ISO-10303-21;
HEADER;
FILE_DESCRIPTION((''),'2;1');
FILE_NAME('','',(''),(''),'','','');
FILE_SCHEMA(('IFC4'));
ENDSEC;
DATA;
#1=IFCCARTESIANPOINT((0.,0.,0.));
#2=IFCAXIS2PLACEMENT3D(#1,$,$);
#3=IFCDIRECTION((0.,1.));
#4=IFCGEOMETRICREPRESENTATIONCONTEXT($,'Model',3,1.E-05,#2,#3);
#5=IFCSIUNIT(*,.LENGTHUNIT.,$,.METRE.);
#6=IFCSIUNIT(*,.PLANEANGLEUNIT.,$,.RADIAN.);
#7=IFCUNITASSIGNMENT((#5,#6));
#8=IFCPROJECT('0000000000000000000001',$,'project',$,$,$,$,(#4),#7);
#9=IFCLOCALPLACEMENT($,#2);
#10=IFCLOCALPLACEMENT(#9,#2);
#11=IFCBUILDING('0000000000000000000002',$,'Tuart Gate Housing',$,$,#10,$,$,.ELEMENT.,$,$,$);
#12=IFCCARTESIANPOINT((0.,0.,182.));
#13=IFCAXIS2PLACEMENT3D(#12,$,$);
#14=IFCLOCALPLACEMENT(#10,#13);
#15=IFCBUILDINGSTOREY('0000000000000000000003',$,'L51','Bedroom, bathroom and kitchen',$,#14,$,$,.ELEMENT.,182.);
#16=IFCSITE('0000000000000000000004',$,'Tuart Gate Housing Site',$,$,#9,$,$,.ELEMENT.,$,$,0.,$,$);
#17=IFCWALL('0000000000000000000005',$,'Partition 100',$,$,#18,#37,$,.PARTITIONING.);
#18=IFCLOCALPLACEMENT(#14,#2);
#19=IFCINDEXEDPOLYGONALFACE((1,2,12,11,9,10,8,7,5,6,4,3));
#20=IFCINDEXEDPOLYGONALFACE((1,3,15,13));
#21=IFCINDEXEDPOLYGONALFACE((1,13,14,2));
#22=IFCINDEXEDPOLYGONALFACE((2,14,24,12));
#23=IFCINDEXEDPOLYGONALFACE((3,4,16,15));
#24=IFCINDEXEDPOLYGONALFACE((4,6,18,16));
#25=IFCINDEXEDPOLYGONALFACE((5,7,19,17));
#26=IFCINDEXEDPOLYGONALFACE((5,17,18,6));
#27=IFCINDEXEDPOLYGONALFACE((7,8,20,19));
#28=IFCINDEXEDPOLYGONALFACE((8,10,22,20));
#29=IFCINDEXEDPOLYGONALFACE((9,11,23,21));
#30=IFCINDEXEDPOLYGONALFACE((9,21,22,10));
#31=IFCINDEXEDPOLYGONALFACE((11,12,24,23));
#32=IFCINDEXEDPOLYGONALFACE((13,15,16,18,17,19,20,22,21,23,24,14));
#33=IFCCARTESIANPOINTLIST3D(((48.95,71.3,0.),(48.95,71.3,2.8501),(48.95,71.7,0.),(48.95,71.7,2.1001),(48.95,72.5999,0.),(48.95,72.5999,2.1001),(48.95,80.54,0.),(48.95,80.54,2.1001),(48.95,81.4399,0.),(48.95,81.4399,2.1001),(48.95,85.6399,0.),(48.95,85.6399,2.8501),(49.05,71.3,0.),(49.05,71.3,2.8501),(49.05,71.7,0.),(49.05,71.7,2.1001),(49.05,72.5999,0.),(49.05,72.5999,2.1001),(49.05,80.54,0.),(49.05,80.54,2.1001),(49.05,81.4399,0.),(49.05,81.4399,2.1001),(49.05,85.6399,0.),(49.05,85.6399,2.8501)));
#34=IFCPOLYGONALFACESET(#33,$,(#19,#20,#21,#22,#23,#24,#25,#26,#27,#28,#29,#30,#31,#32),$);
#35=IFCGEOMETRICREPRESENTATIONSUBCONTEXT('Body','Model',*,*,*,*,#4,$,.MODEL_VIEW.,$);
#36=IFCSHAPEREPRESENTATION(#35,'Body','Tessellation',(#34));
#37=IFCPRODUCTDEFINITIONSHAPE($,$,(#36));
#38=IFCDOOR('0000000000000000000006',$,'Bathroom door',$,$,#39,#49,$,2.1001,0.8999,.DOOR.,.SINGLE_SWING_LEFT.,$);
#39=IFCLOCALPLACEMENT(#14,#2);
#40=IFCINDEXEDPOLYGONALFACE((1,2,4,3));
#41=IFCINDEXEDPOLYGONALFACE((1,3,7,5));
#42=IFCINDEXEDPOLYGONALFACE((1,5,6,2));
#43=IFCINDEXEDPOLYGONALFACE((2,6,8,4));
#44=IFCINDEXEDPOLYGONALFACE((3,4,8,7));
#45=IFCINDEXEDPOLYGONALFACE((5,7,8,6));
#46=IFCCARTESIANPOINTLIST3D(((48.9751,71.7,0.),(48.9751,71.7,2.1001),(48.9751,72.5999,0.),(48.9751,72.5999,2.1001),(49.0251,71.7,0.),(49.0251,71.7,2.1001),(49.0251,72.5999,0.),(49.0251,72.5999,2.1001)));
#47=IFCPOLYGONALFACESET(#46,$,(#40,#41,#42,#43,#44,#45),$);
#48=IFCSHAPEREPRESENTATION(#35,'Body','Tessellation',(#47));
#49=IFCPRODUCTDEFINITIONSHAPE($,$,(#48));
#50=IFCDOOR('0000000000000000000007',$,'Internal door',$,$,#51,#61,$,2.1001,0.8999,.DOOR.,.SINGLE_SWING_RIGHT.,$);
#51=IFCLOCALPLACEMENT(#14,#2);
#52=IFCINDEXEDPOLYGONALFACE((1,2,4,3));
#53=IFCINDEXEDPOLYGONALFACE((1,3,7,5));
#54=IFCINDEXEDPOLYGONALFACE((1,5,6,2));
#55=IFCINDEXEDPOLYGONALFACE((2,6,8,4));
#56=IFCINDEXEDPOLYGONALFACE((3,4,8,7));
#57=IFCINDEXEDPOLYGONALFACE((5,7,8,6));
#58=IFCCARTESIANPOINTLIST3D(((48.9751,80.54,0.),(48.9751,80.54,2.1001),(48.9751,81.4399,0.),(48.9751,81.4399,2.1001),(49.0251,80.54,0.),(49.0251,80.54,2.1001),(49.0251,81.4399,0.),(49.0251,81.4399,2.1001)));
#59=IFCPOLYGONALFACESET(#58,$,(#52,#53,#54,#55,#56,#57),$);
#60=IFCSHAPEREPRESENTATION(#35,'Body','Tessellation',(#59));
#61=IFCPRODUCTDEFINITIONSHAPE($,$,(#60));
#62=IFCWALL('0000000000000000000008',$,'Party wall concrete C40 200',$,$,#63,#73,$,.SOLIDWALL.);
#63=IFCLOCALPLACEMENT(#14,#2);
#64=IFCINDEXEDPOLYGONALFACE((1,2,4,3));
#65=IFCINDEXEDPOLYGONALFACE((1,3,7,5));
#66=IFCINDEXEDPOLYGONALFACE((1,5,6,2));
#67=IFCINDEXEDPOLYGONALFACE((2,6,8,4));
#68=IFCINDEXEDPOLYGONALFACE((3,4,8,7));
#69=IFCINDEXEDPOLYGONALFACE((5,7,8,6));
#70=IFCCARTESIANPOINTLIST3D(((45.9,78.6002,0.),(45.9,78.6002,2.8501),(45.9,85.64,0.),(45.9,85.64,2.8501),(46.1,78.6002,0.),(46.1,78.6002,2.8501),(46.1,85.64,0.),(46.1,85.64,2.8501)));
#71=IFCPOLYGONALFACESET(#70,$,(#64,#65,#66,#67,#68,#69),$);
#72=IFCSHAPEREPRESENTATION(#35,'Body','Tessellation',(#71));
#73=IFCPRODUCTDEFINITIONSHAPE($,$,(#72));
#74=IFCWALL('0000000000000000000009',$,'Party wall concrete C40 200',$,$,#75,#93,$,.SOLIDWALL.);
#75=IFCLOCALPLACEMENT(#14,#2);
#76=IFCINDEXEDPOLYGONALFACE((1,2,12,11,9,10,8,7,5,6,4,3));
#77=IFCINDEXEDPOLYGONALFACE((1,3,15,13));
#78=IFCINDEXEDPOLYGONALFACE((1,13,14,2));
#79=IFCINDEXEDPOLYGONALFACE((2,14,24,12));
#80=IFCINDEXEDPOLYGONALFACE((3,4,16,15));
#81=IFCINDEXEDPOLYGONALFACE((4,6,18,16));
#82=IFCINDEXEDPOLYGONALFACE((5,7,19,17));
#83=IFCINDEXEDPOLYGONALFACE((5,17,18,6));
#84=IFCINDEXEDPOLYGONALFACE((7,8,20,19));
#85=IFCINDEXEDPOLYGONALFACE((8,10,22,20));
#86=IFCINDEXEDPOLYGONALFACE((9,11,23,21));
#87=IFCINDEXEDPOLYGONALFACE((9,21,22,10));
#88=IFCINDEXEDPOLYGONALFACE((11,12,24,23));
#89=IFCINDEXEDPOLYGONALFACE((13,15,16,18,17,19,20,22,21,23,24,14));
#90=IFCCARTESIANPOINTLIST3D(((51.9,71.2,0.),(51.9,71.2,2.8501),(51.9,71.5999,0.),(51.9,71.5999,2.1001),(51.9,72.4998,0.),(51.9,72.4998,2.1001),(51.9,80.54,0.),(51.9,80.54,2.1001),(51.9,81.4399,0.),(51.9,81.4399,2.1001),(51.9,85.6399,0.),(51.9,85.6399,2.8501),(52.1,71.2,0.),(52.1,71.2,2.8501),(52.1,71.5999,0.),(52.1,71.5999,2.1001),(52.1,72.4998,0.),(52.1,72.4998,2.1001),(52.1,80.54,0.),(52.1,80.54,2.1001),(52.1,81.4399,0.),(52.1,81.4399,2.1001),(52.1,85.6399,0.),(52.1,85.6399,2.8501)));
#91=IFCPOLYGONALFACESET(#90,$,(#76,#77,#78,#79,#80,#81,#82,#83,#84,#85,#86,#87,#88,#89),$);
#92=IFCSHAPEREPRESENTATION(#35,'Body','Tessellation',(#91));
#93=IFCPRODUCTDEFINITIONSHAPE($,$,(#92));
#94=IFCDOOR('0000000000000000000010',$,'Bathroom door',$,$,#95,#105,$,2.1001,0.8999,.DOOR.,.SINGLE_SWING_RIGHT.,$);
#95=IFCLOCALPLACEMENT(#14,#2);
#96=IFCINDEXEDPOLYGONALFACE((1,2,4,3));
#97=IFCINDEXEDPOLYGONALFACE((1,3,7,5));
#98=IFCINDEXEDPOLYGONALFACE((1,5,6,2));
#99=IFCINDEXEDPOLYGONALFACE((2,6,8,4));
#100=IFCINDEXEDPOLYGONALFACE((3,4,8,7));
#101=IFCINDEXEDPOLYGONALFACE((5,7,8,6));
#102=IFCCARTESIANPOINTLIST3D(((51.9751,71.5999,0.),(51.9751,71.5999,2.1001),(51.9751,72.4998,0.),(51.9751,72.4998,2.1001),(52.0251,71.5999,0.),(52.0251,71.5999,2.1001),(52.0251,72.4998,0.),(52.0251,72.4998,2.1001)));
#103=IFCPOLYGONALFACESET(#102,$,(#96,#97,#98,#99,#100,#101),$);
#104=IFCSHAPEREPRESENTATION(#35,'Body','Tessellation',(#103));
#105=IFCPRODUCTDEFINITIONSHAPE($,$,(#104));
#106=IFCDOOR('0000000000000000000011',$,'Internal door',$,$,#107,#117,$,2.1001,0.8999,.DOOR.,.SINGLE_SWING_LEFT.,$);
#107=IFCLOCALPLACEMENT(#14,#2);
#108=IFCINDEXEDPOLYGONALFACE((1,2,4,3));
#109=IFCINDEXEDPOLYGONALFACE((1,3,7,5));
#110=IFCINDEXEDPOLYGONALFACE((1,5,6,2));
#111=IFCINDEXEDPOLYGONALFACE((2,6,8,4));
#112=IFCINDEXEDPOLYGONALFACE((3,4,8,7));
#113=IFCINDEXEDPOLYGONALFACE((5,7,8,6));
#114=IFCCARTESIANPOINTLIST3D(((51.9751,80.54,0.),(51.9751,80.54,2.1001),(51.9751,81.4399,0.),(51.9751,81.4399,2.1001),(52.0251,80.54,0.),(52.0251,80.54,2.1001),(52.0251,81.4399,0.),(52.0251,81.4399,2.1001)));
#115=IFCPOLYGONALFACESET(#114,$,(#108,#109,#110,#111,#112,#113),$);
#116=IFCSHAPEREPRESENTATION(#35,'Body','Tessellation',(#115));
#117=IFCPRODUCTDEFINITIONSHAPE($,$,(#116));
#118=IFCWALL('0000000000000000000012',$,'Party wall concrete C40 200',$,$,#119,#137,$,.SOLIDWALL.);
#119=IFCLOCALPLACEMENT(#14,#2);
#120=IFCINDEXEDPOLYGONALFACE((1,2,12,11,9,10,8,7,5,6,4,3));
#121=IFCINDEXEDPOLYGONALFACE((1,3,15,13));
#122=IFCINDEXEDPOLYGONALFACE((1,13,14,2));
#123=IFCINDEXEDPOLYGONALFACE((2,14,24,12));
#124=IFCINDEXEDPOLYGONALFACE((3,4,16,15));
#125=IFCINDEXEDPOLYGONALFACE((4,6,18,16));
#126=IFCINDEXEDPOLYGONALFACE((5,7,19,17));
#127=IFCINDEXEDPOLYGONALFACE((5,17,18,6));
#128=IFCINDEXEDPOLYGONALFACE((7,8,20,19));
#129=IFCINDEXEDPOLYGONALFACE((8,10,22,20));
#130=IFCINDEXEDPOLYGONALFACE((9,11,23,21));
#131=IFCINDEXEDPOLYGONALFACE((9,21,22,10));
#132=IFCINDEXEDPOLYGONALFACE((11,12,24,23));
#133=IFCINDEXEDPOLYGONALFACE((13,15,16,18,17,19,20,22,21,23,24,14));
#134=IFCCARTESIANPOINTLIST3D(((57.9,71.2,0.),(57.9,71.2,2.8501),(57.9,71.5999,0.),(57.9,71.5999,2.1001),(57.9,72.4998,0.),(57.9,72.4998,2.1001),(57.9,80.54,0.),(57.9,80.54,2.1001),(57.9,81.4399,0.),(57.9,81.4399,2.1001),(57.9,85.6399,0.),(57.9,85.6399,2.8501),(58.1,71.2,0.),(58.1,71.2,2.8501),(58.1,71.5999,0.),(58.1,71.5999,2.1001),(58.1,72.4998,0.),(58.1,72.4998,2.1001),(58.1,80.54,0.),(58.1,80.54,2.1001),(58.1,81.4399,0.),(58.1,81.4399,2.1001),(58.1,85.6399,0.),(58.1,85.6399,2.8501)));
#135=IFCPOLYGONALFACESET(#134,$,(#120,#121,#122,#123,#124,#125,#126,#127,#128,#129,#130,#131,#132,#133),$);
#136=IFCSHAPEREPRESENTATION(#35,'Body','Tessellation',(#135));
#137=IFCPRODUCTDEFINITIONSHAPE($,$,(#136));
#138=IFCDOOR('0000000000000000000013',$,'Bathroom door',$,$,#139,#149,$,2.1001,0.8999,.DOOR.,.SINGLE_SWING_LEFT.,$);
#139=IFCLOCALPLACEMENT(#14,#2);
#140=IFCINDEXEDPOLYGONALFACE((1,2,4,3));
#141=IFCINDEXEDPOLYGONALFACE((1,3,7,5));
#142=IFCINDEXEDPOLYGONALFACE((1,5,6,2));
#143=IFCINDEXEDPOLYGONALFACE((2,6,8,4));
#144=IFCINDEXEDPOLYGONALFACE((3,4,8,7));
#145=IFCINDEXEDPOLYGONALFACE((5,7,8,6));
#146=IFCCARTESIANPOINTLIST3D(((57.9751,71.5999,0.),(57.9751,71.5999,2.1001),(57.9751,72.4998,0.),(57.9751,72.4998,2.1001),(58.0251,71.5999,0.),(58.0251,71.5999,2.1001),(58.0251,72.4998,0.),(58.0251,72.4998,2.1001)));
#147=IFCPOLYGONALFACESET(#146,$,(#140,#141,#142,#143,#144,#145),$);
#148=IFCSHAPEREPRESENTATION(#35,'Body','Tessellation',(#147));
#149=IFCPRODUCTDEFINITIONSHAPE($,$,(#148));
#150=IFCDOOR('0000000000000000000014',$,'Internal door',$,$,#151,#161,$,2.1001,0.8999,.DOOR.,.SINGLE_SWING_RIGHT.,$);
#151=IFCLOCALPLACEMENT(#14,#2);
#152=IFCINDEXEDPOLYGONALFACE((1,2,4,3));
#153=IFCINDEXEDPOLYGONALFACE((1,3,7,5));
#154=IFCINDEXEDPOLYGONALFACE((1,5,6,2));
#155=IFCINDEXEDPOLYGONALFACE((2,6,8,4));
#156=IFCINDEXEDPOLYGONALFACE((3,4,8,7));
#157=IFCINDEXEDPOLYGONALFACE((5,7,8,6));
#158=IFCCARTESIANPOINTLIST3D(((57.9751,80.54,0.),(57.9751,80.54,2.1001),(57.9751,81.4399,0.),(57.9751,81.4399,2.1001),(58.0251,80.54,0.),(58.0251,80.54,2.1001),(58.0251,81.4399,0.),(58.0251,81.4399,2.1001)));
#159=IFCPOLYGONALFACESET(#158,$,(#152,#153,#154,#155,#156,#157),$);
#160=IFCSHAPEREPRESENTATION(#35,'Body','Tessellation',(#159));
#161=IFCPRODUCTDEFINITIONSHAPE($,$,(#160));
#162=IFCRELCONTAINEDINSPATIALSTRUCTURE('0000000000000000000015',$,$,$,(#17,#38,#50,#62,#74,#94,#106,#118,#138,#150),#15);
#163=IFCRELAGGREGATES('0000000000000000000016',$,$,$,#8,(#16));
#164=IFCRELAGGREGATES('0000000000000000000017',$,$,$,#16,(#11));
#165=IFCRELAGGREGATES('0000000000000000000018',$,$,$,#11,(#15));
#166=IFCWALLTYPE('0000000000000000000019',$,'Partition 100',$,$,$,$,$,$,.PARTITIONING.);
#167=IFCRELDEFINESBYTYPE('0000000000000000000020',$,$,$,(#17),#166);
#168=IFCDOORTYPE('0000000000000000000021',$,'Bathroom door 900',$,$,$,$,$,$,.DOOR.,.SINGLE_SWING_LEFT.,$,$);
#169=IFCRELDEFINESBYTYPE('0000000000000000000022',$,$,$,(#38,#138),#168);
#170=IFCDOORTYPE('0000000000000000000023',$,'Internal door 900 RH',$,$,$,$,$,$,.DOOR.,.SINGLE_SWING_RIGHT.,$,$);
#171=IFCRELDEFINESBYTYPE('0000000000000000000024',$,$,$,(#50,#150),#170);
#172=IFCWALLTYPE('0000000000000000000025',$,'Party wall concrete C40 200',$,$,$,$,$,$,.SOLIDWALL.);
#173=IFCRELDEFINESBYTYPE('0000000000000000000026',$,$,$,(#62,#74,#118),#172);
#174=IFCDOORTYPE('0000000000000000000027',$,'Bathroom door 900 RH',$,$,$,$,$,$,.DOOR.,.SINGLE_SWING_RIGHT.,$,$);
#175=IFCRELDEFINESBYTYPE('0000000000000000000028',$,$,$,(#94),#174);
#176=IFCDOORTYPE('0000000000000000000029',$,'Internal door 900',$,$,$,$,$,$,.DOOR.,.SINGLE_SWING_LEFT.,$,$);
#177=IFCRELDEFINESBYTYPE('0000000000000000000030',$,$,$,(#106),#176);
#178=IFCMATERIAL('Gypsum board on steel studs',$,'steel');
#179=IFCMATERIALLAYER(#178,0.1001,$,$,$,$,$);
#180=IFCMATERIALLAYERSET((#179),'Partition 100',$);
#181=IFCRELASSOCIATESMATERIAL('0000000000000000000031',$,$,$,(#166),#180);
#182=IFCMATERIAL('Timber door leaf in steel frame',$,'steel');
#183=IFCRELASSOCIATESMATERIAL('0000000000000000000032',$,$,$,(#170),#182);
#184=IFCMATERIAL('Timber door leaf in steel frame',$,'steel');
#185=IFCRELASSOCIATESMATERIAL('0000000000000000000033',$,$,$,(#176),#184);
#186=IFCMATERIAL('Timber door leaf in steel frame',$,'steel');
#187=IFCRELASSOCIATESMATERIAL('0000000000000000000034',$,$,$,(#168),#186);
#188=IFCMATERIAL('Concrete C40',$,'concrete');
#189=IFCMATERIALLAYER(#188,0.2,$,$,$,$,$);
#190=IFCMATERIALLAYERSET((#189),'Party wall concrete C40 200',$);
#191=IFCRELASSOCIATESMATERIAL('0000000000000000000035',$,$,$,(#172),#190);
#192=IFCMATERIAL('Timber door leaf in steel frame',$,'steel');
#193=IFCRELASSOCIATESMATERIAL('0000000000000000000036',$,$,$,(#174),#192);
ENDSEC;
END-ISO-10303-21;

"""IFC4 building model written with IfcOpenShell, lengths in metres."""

from ifc_helpers import new_model, si_unit, direction, frame, frame_2d, origin, place, context, subcontext, project, spatial, rectangle, extrude, material, layer, layer_set, type_object, element, fill, save


model = new_model("IFC4")

# Units and contexts
model_context = context("Model", 3, precision=1e-05, world=origin(), true_north=direction((0.0, 1.0)))
body_context = subcontext(model_context, "Body", "Model", "MODEL_VIEW")
ifc_project = project(units=[si_unit("LENGTHUNIT", "METRE"), si_unit("PLANEANGLEUNIT", "RADIAN")], contexts=[model_context])

# Site, building, storey
site_placement = place(None, origin())
site = spatial("IfcSite", under=ifc_project, at=site_placement, Name="Tuart Gate Housing Site", CompositionType="ELEMENT", RefElevation=0.0)
building_placement = place(site_placement, origin())
building = spatial("IfcBuilding", under=site, at=building_placement, Name="Tuart Gate Housing", CompositionType="ELEMENT")
storey_placement = place(building_placement, frame((0.0, 0.0, 182.0)))
storey = spatial("IfcBuildingStorey", under=building, at=storey_placement, Name="L51", Description="Bedroom, bathroom and kitchen", CompositionType="ELEMENT", Elevation=182.0)

# Shared definitions
ifc_material_1 = material(Name="Gypsum board on steel studs", Category="steel")
ifc_layer_1 = layer(ifc_material_1, 0.1001)
ifc_layer_set_1 = layer_set([ifc_layer_1], Name="Partition 100")
wall_type_1 = type_object("IfcWallType", Name="Partition 100", PredefinedType="PARTITIONING", material=ifc_layer_set_1)

# Shared definitions
ifc_material_2 = material(Name="Timber door leaf in steel frame", Category="steel")
door_type_1 = type_object("IfcDoorType", Name="Internal door 900 RH", OperationType="SINGLE_SWING_RIGHT", PredefinedType="DOOR", material=ifc_material_2)
ifc_material_3 = material(Name="Timber door leaf in steel frame", Category="steel")
door_type_2 = type_object("IfcDoorType", Name="Internal door 900", OperationType="SINGLE_SWING_LEFT", PredefinedType="DOOR", material=ifc_material_3)

# Wall, openings, doors
wall_1_placement = place(storey_placement, frame((49.0, 71.3, 0.0), z_axis=(0.0, 0.0, 1.0), x_axis=(0.0, 1.0, 0.0)))
wall_1 = element("IfcWall", 1, at=wall_1_placement, inside=storey, type_object=wall_type_1, Name="Partition 100", PredefinedType="PARTITIONING", context=body_context, shape_type="SweptSolid", body=[
    extrude(rectangle(XDim=14.3398, YDim=0.1001, at=frame_2d((7.1699, 0.0))), origin(), (0.0, 0.0, 1.0), 2.8501),
])
opening_1_placement = place(wall_1_placement, frame((9.24, 0.0, 0.0)))
opening_1 = element("IfcOpeningElement", 2, at=opening_1_placement, cuts=wall_1, PredefinedType="OPENING", context=body_context, shape_type="SweptSolid", body=[
    extrude(rectangle(XDim=0.8999, YDim=2.1001, at=frame_2d((0.45, 1.05))), frame((0.0, 0.0601, 0.0), z_axis=(0.0, -1.0, 0.0), x_axis=(1.0, 0.0, 0.0)), (0.0, 0.0, 1.0), 0.1201),
])
opening_2_placement = place(wall_1_placement, frame((0.3999, 0.0, 0.0)))
opening_2 = element("IfcOpeningElement", 3, at=opening_2_placement, cuts=wall_1, PredefinedType="OPENING", context=body_context, shape_type="SweptSolid", body=[
    extrude(rectangle(XDim=0.8999, YDim=2.1001, at=frame_2d((0.45, 1.05))), frame((0.0, 0.0601, 0.0), z_axis=(0.0, -1.0, 0.0), x_axis=(1.0, 0.0, 0.0)), (0.0, 0.0, 1.0), 0.1201),
])
ifc_material_4 = material(Name="Timber door leaf in steel frame", Category="steel")
door_type_3 = type_object("IfcDoorType", Name="Bathroom door 900", OperationType="SINGLE_SWING_LEFT", PredefinedType="DOOR", material=ifc_material_4)
door_1_placement = place(opening_2_placement, origin())
door_1 = element("IfcDoor", 4, at=door_1_placement, inside=storey, type_object=door_type_3, Name="Bathroom door", OperationType="SINGLE_SWING_LEFT", OverallHeight=2.1001, OverallWidth=0.8999, PredefinedType="DOOR", context=body_context, shape_type="SweptSolid", body=[
    extrude(rectangle(XDim=0.8999, YDim=2.1001, at=frame_2d((0.45, 1.05))), frame((0.0, 0.0249, 0.0), z_axis=(0.0, -1.0, 0.0), x_axis=(1.0, 0.0, 0.0)), (0.0, 0.0, 1.0), 0.05),
])
fill(opening_2, door_1)
door_2_placement = place(opening_1_placement, origin())
door_2 = element("IfcDoor", 5, at=door_2_placement, inside=storey, type_object=door_type_1, Name="Internal door", OperationType="SINGLE_SWING_RIGHT", OverallHeight=2.1001, OverallWidth=0.8999, PredefinedType="DOOR", context=body_context, shape_type="SweptSolid", body=[
    extrude(rectangle(XDim=0.8999, YDim=2.1001, at=frame_2d((0.45, 1.05))), frame((0.0, 0.0249, 0.0), z_axis=(0.0, -1.0, 0.0), x_axis=(1.0, 0.0, 0.0)), (0.0, 0.0, 1.0), 0.05),
])
fill(opening_1, door_2)

# Wall
ifc_material_5 = material(Name="Concrete C40", Category="concrete")
ifc_layer_2 = layer(ifc_material_5, 0.2)
ifc_layer_set_2 = layer_set([ifc_layer_2], Name="Party wall concrete C40 200")
wall_type_2 = type_object("IfcWallType", Name="Party wall concrete C40 200", PredefinedType="SOLIDWALL", material=ifc_layer_set_2)
wall_2_placement = place(storey_placement, frame((46.0, 78.6001, 0.0), z_axis=(0.0, 0.0, 1.0), x_axis=(0.0, 1.0, 0.0)))
element("IfcWall", 6, at=wall_2_placement, inside=storey, type_object=wall_type_2, Name="Party wall concrete C40 200", PredefinedType="SOLIDWALL", context=body_context, shape_type="SweptSolid", body=[
    extrude(rectangle(XDim=7.0398, YDim=0.2, at=frame_2d((3.52, 0.0))), origin(), (0.0, 0.0, 1.0), 2.8501),
])

# Walls, openings, doors
wall_3_placement = place(storey_placement, frame((52.0, 71.2, 0.0), z_axis=(0.0, 0.0, 1.0), x_axis=(0.0, 1.0, 0.0)))
wall_3 = element("IfcWall", 7, at=wall_3_placement, inside=storey, type_object=wall_type_2, Name="Party wall concrete C40 200", PredefinedType="SOLIDWALL", context=body_context, shape_type="SweptSolid", body=[
    extrude(rectangle(XDim=14.4399, YDim=0.2, at=frame_2d((7.22, 0.0))), origin(), (0.0, 0.0, 1.0), 2.8501),
])
opening_3_placement = place(wall_3_placement, frame((9.3401, 0.0, 0.0)))
opening_3 = element("IfcOpeningElement", 8, at=opening_3_placement, cuts=wall_3, PredefinedType="OPENING", context=body_context, shape_type="SweptSolid", body=[
    extrude(rectangle(XDim=0.8999, YDim=2.1001, at=frame_2d((0.45, 1.05))), frame((0.0, 0.1099, 0.0), z_axis=(0.0, -1.0, 0.0), x_axis=(1.0, 0.0, 0.0)), (0.0, 0.0, 1.0), 0.22),
])
opening_4_placement = place(wall_3_placement, frame((0.3999, 0.0, 0.0)))
opening_4 = element("IfcOpeningElement", 9, at=opening_4_placement, cuts=wall_3, PredefinedType="OPENING", context=body_context, shape_type="SweptSolid", body=[
    extrude(rectangle(XDim=0.8999, YDim=2.1001, at=frame_2d((0.45, 1.05))), frame((0.0, 0.1099, 0.0), z_axis=(0.0, -1.0, 0.0), x_axis=(1.0, 0.0, 0.0)), (0.0, 0.0, 1.0), 0.22),
])
ifc_material_6 = material(Name="Timber door leaf in steel frame", Category="steel")
door_type_4 = type_object("IfcDoorType", Name="Bathroom door 900 RH", OperationType="SINGLE_SWING_RIGHT", PredefinedType="DOOR", material=ifc_material_6)
door_3_placement = place(opening_4_placement, frame((0.8999, 0.0, 0.0), z_axis=(0.0, 0.0, 1.0), x_axis=(-1.0, 0.0, 0.0)))
door_3 = element("IfcDoor", 10, at=door_3_placement, inside=storey, type_object=door_type_4, Name="Bathroom door", OperationType="SINGLE_SWING_RIGHT", OverallHeight=2.1001, OverallWidth=0.8999, PredefinedType="DOOR", context=body_context, shape_type="SweptSolid", body=[
    extrude(rectangle(XDim=0.8999, YDim=2.1001, at=frame_2d((0.45, 1.05))), frame((0.0, 0.0251, 0.0), z_axis=(0.0, -1.0, 0.0), x_axis=(1.0, 0.0, 0.0)), (0.0, 0.0, 1.0), 0.05),
])
fill(opening_4, door_3)
door_4_placement = place(opening_3_placement, frame((0.8999, 0.0, 0.0), z_axis=(0.0, 0.0, 1.0), x_axis=(-1.0, 0.0, 0.0)))
door_4 = element("IfcDoor", 11, at=door_4_placement, inside=storey, type_object=door_type_2, Name="Internal door", OperationType="SINGLE_SWING_LEFT", OverallHeight=2.1001, OverallWidth=0.8999, PredefinedType="DOOR", context=body_context, shape_type="SweptSolid", body=[
    extrude(rectangle(XDim=0.8999, YDim=2.1001, at=frame_2d((0.45, 1.05))), frame((0.0, 0.0251, 0.0), z_axis=(0.0, -1.0, 0.0), x_axis=(1.0, 0.0, 0.0)), (0.0, 0.0, 1.0), 0.05),
])
fill(opening_3, door_4)
wall_4_placement = place(storey_placement, frame((58.0, 71.2, 0.0), z_axis=(0.0, 0.0, 1.0), x_axis=(0.0, 1.0, 0.0)))
wall_4 = element("IfcWall", 12, at=wall_4_placement, inside=storey, type_object=wall_type_2, Name="Party wall concrete C40 200", PredefinedType="SOLIDWALL", context=body_context, shape_type="SweptSolid", body=[
    extrude(rectangle(XDim=14.4399, YDim=0.2, at=frame_2d((7.22, 0.0))), origin(), (0.0, 0.0, 1.0), 2.8501),
])
opening_5_placement = place(wall_4_placement, frame((9.3401, 0.0, 0.0)))
opening_5 = element("IfcOpeningElement", 13, at=opening_5_placement, cuts=wall_4, PredefinedType="OPENING", context=body_context, shape_type="SweptSolid", body=[
    extrude(rectangle(XDim=0.8999, YDim=2.1001, at=frame_2d((0.45, 1.05))), frame((0.0, 0.1099, 0.0), z_axis=(0.0, -1.0, 0.0), x_axis=(1.0, 0.0, 0.0)), (0.0, 0.0, 1.0), 0.22),
])
opening_6_placement = place(wall_4_placement, frame((0.3999, 0.0, 0.0)))
opening_6 = element("IfcOpeningElement", 14, at=opening_6_placement, cuts=wall_4, PredefinedType="OPENING", context=body_context, shape_type="SweptSolid", body=[
    extrude(rectangle(XDim=0.8999, YDim=2.1001, at=frame_2d((0.45, 1.05))), frame((0.0, 0.1099, 0.0), z_axis=(0.0, -1.0, 0.0), x_axis=(1.0, 0.0, 0.0)), (0.0, 0.0, 1.0), 0.22),
])
door_5_placement = place(opening_6_placement, origin())
door_5 = element("IfcDoor", 15, at=door_5_placement, inside=storey, type_object=door_type_3, Name="Bathroom door", OperationType="SINGLE_SWING_LEFT", OverallHeight=2.1001, OverallWidth=0.8999, PredefinedType="DOOR", context=body_context, shape_type="SweptSolid", body=[
    extrude(rectangle(XDim=0.8999, YDim=2.1001, at=frame_2d((0.45, 1.05))), frame((0.0, 0.0249, 0.0), z_axis=(0.0, -1.0, 0.0), x_axis=(1.0, 0.0, 0.0)), (0.0, 0.0, 1.0), 0.05),
])
fill(opening_6, door_5)
door_6_placement = place(opening_5_placement, origin())
door_6 = element("IfcDoor", 16, at=door_6_placement, inside=storey, type_object=door_type_1, Name="Internal door", OperationType="SINGLE_SWING_RIGHT", OverallHeight=2.1001, OverallWidth=0.8999, PredefinedType="DOOR", context=body_context, shape_type="SweptSolid", body=[
    extrude(rectangle(XDim=0.8999, YDim=2.1001, at=frame_2d((0.45, 1.05))), frame((0.0, 0.0249, 0.0), z_axis=(0.0, -1.0, 0.0), x_axis=(1.0, 0.0, 0.0)), (0.0, 0.0, 1.0), 0.05),
])
fill(opening_5, door_6)

save(model, "model.ifc")
